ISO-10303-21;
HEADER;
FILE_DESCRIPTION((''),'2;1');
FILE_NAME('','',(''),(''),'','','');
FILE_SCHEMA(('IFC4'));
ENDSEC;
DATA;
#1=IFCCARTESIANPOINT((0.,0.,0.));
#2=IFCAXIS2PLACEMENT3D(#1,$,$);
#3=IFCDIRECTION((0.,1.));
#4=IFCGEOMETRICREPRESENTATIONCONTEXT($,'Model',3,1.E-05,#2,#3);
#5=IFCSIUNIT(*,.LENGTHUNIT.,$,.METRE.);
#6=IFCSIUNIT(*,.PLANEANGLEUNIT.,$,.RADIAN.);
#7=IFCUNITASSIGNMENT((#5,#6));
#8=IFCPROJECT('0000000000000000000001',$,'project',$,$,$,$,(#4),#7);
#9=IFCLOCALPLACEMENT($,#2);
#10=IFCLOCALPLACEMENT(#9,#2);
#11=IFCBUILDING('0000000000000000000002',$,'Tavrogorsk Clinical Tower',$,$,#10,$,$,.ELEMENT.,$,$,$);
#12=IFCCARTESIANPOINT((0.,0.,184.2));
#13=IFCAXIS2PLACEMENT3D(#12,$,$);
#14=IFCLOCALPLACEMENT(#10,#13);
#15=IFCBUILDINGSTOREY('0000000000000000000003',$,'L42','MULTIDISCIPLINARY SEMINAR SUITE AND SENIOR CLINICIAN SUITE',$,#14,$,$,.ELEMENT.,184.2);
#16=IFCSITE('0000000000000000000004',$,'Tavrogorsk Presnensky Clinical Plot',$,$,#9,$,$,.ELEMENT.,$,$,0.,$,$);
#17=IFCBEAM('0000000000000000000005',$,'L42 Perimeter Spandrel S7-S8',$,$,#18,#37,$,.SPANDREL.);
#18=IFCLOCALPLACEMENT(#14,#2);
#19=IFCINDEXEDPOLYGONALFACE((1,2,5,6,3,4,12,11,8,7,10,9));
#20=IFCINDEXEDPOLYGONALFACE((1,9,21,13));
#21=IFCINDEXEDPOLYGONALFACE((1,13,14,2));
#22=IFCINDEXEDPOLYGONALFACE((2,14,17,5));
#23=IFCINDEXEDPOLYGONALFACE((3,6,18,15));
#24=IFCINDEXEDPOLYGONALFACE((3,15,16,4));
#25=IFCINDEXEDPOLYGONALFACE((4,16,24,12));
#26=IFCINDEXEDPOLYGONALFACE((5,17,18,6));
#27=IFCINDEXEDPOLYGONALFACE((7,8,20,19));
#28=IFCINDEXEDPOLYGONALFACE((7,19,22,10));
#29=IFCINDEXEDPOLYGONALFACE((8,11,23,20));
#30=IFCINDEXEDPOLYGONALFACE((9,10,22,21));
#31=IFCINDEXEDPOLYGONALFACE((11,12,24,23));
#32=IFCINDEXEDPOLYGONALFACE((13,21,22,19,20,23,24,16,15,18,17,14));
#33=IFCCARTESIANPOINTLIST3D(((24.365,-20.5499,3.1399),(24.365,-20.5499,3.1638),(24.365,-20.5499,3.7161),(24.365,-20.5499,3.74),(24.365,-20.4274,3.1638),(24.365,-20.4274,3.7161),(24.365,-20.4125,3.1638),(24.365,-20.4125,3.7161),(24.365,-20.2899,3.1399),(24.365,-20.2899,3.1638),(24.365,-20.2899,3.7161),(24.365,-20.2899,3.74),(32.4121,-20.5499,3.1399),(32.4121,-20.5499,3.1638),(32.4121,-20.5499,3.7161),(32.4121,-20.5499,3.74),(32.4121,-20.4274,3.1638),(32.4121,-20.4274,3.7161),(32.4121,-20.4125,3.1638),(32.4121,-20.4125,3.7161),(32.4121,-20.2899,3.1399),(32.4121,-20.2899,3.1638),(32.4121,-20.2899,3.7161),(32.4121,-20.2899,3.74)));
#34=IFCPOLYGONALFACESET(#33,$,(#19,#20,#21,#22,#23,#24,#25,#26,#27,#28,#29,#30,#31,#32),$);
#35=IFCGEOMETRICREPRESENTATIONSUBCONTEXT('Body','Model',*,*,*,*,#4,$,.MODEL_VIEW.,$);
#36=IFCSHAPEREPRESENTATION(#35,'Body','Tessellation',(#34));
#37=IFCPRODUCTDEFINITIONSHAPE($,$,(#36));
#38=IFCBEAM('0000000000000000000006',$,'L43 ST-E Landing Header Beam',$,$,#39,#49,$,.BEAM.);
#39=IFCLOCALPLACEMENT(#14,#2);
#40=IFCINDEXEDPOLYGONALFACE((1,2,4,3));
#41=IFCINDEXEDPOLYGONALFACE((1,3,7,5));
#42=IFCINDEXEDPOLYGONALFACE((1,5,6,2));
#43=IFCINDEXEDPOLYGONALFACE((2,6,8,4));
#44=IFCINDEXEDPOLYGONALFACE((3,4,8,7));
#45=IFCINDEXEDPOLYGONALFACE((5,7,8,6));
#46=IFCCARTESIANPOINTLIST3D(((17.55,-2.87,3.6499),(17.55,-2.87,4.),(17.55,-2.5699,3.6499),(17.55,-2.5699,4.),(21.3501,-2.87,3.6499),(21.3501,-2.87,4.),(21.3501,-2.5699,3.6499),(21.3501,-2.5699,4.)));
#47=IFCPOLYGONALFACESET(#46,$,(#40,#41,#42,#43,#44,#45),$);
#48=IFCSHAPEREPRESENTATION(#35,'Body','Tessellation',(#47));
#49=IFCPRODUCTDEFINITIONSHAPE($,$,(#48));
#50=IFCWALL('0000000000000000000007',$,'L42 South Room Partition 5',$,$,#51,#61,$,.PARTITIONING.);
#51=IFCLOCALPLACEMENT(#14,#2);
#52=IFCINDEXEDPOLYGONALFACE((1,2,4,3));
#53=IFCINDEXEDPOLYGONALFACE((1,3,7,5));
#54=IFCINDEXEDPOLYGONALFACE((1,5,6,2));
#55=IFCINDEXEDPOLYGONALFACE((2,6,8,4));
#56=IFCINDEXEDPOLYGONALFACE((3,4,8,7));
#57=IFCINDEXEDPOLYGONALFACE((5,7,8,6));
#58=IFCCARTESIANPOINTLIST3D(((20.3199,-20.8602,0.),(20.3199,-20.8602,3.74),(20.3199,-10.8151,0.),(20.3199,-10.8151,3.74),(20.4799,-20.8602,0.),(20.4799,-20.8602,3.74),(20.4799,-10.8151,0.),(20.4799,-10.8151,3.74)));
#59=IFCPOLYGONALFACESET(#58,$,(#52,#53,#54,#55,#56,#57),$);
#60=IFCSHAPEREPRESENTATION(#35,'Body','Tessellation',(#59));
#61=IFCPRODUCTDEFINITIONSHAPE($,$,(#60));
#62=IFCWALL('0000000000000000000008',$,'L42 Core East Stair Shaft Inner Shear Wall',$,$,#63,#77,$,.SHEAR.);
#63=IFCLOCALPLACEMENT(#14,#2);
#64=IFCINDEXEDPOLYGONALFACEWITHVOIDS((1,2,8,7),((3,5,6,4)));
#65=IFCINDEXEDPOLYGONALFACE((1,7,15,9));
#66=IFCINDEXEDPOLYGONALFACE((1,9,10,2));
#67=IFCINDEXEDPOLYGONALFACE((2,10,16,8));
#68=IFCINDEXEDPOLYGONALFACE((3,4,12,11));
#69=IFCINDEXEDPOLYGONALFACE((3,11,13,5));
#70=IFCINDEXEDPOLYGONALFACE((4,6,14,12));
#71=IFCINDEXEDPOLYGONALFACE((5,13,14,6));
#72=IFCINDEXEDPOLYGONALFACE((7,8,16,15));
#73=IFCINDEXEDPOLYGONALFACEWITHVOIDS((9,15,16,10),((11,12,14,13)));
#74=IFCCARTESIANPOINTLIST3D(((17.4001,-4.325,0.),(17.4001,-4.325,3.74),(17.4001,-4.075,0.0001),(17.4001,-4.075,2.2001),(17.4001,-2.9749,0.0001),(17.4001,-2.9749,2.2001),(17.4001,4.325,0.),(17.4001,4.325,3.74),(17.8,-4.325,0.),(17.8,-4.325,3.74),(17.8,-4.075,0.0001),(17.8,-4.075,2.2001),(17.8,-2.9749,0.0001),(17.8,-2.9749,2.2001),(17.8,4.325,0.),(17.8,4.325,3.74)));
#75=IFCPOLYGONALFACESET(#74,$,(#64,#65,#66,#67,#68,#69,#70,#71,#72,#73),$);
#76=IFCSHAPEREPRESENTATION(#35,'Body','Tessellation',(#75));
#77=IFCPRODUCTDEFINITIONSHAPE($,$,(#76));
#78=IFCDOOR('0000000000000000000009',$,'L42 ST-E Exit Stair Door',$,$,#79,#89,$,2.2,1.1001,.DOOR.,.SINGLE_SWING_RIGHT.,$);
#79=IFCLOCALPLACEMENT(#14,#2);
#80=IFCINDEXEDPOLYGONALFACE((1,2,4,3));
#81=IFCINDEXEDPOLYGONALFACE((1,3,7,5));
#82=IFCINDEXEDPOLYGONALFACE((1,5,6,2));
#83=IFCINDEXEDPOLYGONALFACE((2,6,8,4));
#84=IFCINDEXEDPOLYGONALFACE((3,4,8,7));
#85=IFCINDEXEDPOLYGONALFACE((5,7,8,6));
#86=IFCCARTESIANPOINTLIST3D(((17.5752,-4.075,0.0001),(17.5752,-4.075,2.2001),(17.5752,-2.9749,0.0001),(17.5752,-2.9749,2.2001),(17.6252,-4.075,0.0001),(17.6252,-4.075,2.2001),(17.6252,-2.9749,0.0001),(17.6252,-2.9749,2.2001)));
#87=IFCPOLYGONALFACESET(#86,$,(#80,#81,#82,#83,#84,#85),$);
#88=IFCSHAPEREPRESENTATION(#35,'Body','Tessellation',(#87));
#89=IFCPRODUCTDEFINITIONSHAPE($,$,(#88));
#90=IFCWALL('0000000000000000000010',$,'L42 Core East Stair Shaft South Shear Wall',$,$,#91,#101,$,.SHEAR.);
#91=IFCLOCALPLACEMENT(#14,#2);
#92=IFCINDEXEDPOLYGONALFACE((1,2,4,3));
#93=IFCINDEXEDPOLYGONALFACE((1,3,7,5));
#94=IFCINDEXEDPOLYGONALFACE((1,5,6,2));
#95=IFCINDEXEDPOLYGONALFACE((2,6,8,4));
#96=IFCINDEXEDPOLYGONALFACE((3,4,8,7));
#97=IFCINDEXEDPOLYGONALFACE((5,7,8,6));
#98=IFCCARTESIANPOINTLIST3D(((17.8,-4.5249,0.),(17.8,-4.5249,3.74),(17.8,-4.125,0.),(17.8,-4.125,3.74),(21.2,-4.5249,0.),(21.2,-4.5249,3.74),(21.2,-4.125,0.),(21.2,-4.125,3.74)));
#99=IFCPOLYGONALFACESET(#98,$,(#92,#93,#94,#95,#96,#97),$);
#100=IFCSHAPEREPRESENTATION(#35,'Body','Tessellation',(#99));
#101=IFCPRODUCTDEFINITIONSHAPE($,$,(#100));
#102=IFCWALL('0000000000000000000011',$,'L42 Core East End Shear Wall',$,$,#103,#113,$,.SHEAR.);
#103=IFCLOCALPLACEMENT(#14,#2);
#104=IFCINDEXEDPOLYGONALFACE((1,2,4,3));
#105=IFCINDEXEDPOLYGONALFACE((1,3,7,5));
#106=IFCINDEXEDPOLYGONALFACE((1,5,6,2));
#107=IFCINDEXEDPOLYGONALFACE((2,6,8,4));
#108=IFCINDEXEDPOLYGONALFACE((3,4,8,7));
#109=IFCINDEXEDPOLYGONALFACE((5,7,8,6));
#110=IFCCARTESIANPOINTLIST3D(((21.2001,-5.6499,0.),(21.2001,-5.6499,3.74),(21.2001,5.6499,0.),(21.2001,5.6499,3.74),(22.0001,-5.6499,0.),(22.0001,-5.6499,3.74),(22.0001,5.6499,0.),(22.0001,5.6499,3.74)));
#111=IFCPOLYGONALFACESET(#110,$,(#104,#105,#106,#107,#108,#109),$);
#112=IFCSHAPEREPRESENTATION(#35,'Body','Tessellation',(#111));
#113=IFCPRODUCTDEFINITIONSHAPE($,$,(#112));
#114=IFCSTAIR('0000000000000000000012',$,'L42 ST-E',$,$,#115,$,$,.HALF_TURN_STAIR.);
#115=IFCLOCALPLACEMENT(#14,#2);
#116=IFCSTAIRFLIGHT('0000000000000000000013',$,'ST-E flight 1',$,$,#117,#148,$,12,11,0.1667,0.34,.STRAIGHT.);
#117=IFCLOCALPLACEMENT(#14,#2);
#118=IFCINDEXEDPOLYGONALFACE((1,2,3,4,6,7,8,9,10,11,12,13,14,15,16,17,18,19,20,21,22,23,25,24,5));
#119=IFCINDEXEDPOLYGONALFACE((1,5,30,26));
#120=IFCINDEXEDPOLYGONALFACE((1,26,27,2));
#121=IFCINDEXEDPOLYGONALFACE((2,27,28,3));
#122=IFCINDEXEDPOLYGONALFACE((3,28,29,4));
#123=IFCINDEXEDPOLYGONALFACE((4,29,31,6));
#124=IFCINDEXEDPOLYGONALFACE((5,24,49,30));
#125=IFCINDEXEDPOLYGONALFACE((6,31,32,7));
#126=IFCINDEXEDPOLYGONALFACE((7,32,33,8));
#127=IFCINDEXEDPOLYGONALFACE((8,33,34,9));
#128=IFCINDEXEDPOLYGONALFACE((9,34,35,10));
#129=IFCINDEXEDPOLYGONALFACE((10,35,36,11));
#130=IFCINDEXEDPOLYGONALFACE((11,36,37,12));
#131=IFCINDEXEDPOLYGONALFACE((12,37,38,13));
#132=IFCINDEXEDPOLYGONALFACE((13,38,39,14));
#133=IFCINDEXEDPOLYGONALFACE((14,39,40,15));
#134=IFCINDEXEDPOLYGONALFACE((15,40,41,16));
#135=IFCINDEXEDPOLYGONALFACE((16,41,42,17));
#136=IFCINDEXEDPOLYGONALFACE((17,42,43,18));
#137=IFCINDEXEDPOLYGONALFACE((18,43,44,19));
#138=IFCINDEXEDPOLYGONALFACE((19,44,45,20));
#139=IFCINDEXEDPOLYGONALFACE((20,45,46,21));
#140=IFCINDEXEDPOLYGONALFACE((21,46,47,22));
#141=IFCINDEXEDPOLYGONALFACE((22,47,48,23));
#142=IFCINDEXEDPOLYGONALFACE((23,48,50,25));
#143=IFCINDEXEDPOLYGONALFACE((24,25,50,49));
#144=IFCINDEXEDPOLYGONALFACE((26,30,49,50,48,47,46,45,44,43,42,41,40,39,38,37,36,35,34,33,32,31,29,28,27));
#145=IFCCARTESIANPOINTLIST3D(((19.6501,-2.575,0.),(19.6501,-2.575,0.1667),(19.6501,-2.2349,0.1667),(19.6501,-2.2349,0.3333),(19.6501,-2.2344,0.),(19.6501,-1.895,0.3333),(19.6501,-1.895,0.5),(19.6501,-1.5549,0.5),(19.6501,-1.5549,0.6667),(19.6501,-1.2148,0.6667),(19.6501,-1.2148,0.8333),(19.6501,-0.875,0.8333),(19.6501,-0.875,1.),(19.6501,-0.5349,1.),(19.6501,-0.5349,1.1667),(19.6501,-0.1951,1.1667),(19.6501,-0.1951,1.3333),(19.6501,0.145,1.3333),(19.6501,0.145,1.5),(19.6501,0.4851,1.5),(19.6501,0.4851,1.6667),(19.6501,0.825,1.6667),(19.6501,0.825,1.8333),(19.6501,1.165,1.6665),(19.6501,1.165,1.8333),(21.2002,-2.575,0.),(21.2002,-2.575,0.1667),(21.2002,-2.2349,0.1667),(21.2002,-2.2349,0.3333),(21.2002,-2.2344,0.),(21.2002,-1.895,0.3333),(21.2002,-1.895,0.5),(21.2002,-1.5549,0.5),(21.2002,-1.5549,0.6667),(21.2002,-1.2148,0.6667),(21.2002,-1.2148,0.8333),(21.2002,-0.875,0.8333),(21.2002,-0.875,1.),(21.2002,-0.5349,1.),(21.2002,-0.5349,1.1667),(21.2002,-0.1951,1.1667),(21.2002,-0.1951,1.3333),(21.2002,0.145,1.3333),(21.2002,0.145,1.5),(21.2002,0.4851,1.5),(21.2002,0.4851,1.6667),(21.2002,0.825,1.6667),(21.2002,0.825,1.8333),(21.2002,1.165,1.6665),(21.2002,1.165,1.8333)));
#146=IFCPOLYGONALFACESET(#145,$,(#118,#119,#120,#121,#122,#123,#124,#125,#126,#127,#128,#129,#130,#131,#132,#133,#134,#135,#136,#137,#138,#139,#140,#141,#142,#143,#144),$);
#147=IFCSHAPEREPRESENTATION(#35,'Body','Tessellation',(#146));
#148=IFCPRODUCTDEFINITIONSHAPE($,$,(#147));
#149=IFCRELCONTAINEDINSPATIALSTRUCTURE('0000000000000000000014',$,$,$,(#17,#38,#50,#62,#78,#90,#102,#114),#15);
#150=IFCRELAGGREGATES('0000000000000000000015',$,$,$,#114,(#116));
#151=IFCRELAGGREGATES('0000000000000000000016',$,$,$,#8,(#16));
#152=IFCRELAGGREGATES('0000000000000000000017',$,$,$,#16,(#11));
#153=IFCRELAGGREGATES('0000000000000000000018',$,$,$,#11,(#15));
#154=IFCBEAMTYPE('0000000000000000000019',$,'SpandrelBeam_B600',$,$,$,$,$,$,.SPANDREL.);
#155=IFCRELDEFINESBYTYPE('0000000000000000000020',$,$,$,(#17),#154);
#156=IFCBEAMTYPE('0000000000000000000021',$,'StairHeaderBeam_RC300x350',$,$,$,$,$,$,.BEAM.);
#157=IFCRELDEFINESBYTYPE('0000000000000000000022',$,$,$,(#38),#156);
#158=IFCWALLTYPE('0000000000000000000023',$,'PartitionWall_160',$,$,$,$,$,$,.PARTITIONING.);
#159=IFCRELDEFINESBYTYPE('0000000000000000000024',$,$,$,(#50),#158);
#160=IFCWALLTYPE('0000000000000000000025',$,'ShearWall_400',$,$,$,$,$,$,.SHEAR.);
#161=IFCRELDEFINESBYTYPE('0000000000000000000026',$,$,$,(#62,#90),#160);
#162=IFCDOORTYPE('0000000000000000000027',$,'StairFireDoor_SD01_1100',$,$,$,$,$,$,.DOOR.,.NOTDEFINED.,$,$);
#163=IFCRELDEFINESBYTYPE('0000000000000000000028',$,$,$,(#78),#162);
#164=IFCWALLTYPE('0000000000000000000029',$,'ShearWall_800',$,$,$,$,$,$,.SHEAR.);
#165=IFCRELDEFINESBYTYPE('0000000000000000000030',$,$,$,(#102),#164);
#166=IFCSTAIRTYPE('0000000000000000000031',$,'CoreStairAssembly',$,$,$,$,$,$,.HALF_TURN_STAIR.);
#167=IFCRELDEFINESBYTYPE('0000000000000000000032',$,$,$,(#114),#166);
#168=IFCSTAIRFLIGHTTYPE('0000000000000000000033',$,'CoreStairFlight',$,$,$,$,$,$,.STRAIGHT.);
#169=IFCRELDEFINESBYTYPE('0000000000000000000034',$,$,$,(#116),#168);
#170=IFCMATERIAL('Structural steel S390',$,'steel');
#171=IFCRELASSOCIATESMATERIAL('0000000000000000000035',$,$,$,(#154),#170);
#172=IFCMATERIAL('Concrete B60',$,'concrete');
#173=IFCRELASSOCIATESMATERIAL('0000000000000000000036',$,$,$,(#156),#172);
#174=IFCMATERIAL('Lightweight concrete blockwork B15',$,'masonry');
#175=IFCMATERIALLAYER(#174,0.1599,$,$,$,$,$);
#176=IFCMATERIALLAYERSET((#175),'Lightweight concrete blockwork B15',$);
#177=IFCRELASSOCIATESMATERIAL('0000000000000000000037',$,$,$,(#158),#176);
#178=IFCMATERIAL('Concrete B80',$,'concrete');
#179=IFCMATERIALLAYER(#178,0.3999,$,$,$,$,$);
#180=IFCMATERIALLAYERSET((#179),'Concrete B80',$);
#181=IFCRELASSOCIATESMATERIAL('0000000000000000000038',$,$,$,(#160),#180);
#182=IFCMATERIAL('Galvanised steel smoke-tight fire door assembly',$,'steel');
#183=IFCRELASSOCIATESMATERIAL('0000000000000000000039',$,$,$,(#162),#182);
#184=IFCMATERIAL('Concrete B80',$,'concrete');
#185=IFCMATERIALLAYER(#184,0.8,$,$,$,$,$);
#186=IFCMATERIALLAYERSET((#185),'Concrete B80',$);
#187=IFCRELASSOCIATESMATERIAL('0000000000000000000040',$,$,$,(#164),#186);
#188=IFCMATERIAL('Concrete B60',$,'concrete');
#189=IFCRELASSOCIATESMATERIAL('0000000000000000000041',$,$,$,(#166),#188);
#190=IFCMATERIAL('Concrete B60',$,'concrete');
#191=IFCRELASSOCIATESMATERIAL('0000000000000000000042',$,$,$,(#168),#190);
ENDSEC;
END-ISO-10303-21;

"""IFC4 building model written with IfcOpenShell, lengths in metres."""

from ifc_helpers import new_model, si_unit, direction, frame, frame_2d, origin, origin_2d, place, context, subcontext, project, spatial, polyline, rectangle, i_section, outline, extrude, material, layer, layer_set, material_profile, profile_set, type_object, element, fill, aggregate, save


model = new_model("IFC4")

# Units and contexts
model_context = context("Model", 3, precision=1e-05, world=origin(), true_north=direction((0.0, 1.0)))
body_context = subcontext(model_context, "Body", "Model", "MODEL_VIEW")
ifc_project = project(units=[si_unit("LENGTHUNIT", "METRE"), si_unit("PLANEANGLEUNIT", "RADIAN")], contexts=[model_context])

# Site, building, storey
site_placement = place(None, origin())
site = spatial("IfcSite", under=ifc_project, at=site_placement, Name="Tavrogorsk Presnensky Clinical Plot", CompositionType="ELEMENT", RefElevation=0.0)
building_placement = place(site_placement, origin())
building = spatial("IfcBuilding", under=site, at=building_placement, Name="Tavrogorsk Clinical Tower", CompositionType="ELEMENT")
storey_placement = place(building_placement, frame((0.0, 0.0, 184.2)))
storey = spatial("IfcBuildingStorey", under=building, at=storey_placement, Name="L42", Description="MULTIDISCIPLINARY SEMINAR SUITE AND SENIOR CLINICIAN SUITE", CompositionType="ELEMENT", Elevation=184.2)

# Beams
ifc_material_1 = material(Name="Structural steel S390", Category="steel")
ifc_material_profile_1 = material_profile(ifc_material_1, i_section(OverallWidth=0.26, OverallDepth=0.6001, WebThickness=0.0149, FlangeThickness=0.0239, at=origin_2d()), Name="B-600x260x15x24")
ifc_profile_set_1 = profile_set([ifc_material_profile_1], Name="Structural steel S390")
beam_type_1 = type_object("IfcBeamType", Name="SpandrelBeam_B600", PredefinedType="SPANDREL", material=ifc_profile_set_1)
beam_1_placement = place(storey_placement, frame((24.365, -20.4199, 3.4399), z_axis=(1.0, 0.0, 0.0), x_axis=(0.0, 1.0, 0.0)))
element("IfcBeam", 1, at=beam_1_placement, inside=storey, type_object=beam_type_1, Name="L42 Perimeter Spandrel S7-S8", PredefinedType="SPANDREL", context=body_context, shape_type="SweptSolid", body=[
    extrude(i_section(OverallWidth=0.26, OverallDepth=0.6001, WebThickness=0.0149, FlangeThickness=0.0239, at=origin_2d()), origin(), (0.0, 0.0, 1.0), 8.0471),
])
ifc_material_2 = material(Name="Concrete B60", Category="concrete")
ifc_material_profile_2 = material_profile(ifc_material_2, rectangle(XDim=0.3, YDim=0.3501, at=origin_2d()), Name="RC-SHB-300x350")
ifc_profile_set_2 = profile_set([ifc_material_profile_2], Name="Concrete B60")
beam_type_2 = type_object("IfcBeamType", Name="StairHeaderBeam_RC300x350", PredefinedType="BEAM", material=ifc_profile_set_2)
beam_2_placement = place(storey_placement, frame((17.55, -2.72, 3.825), z_axis=(1.0, 0.0, 0.0), x_axis=(0.0, 1.0, 0.0)))
element("IfcBeam", 2, at=beam_2_placement, inside=storey, type_object=beam_type_2, Name="L43 ST-E Landing Header Beam", PredefinedType="BEAM", context=body_context, shape_type="SweptSolid", body=[
    extrude(rectangle(XDim=0.3, YDim=0.3501, at=origin_2d()), origin(), (0.0, 0.0, 1.0), 3.8),
])

# Wall
ifc_material_3 = material(Name="Lightweight concrete blockwork B15", Category="masonry")
ifc_layer_1 = layer(ifc_material_3, 0.1599)
ifc_layer_set_1 = layer_set([ifc_layer_1], Name="Lightweight concrete blockwork B15")
wall_type_1 = type_object("IfcWallType", Name="PartitionWall_160", PredefinedType="PARTITIONING", material=ifc_layer_set_1)
wall_1_placement = place(storey_placement, frame((20.3999, -20.8601, 0.0), z_axis=(0.0, 0.0, 1.0), x_axis=(0.0, 1.0, 0.0)))
element("IfcWall", 3, at=wall_1_placement, inside=storey, type_object=wall_type_1, Name="L42 South Room Partition 5", PredefinedType="PARTITIONING", context=body_context, shape_type="SweptSolid", body=[
    extrude(rectangle(XDim=10.0452, YDim=0.1599, at=frame_2d((5.0225, 0.0))), origin(), (0.0, 0.0, 1.0), 3.74),
])

# Wall, opening, door
ifc_material_4 = material(Name="Concrete B80", Category="concrete")
ifc_layer_2 = layer(ifc_material_4, 0.3999)
ifc_layer_set_2 = layer_set([ifc_layer_2], Name="Concrete B80")
wall_type_2 = type_object("IfcWallType", Name="ShearWall_400", PredefinedType="SHEAR", material=ifc_layer_set_2)
wall_2_placement = place(storey_placement, frame((17.6001, -4.325, 0.0), z_axis=(0.0, 0.0, 1.0), x_axis=(0.0, 1.0, 0.0)))
wall_2 = element("IfcWall", 4, at=wall_2_placement, inside=storey, type_object=wall_type_2, Name="L42 Core East Stair Shaft Inner Shear Wall", PredefinedType="SHEAR", context=body_context, shape_type="SweptSolid", body=[
    extrude(rectangle(XDim=8.6499, YDim=0.3999, at=frame_2d((4.325, 0.0))), origin(), (0.0, 0.0, 1.0), 3.74),
])
opening_placement = place(wall_2_placement, frame((0.25, 0.0, 0.0)))
opening = element("IfcOpeningElement", 5, at=opening_placement, cuts=wall_2, PredefinedType="OPENING", context=body_context, shape_type="SweptSolid", body=[
    extrude(rectangle(XDim=1.1001, YDim=2.2, at=frame_2d((0.55, 1.1001))), frame((0.0, 0.21, 0.0), z_axis=(0.0, -1.0, 0.0), x_axis=(1.0, 0.0, 0.0)), (0.0, 0.0, 1.0), 0.4199),
])
ifc_material_5 = material(Name="Galvanised steel smoke-tight fire door assembly", Category="steel")
door_type = type_object("IfcDoorType", Name="StairFireDoor_SD01_1100", OperationType="NOTDEFINED", PredefinedType="DOOR", material=ifc_material_5)
door_placement = place(opening_placement, origin())
door = element("IfcDoor", 6, at=door_placement, inside=storey, type_object=door_type, Name="L42 ST-E Exit Stair Door", OperationType="SINGLE_SWING_RIGHT", OverallHeight=2.2, OverallWidth=1.1001, PredefinedType="DOOR", context=body_context, shape_type="SweptSolid", body=[
    extrude(rectangle(XDim=1.1001, YDim=2.2, at=frame_2d((0.55, 1.1001))), frame((0.0, 0.0249, 0.0), z_axis=(0.0, -1.0, 0.0), x_axis=(1.0, 0.0, 0.0)), (0.0, 0.0, 1.0), 0.05),
])
fill(opening, door)

# Walls
wall_3_placement = place(storey_placement, frame((17.8, -4.325, 0.0), z_axis=(0.0, 0.0, 1.0), x_axis=(1.0, 0.0, 0.0)))
element("IfcWall", 7, at=wall_3_placement, inside=storey, type_object=wall_type_2, Name="L42 Core East Stair Shaft South Shear Wall", PredefinedType="SHEAR", context=body_context, shape_type="SweptSolid", body=[
    extrude(rectangle(XDim=3.3999, YDim=0.3999, at=frame_2d((1.7, 0.0))), origin(), (0.0, 0.0, 1.0), 3.74),
])
ifc_material_6 = material(Name="Concrete B80", Category="concrete")
ifc_layer_3 = layer(ifc_material_6, 0.8)
ifc_layer_set_3 = layer_set([ifc_layer_3], Name="Concrete B80")
wall_type_3 = type_object("IfcWallType", Name="ShearWall_800", PredefinedType="SHEAR", material=ifc_layer_set_3)
wall_4_placement = place(storey_placement, frame((21.6001, -5.6499, 0.0), z_axis=(0.0, 0.0, 1.0), x_axis=(0.0, 1.0, 0.0)))
element("IfcWall", 8, at=wall_4_placement, inside=storey, type_object=wall_type_3, Name="L42 Core East End Shear Wall", PredefinedType="SHEAR", context=body_context, shape_type="SweptSolid", body=[
    extrude(rectangle(XDim=11.2998, YDim=0.8, at=frame_2d((5.6499, 0.0))), origin(), (0.0, 0.0, 1.0), 3.74),
])

# Stair, stair flight
ifc_material_7 = material(Name="Concrete B60", Category="concrete")
stair_type = type_object("IfcStairType", Name="CoreStairAssembly", PredefinedType="HALF_TURN_STAIR", material=ifc_material_7)
stair_placement = place(storey_placement, origin())
stair = element("IfcStair", 9, at=stair_placement, inside=storey, type_object=stair_type, Name="L42 ST-E", PredefinedType="HALF_TURN_STAIR")
ifc_material_8 = material(Name="Concrete B60", Category="concrete")
stair_flight_type = type_object("IfcStairFlightType", Name="CoreStairFlight", PredefinedType="STRAIGHT", material=ifc_material_8)
stair_flight_placement = place(storey_placement, frame((20.425, -2.575, 0.0), z_axis=(0.0, 0.0, 1.0), x_axis=(0.0, 1.0, 0.0)))
stair_flight = element("IfcStairFlight", 10, at=stair_flight_placement, type_object=stair_flight_type, Name="ST-E flight 1", NumberOfRisers=12, NumberOfTreads=11, PredefinedType="STRAIGHT", RiserHeight=0.1667, TreadLength=0.34, context=body_context, shape_type="SweptSolid", body=[
    extrude(outline(polyline([(0.0, 0.0), (0.0, 0.1667), (0.3401, 0.1667), (0.3401, 0.3333), (0.6799, 0.3333), (0.6799, 0.5), (1.02, 0.5), (1.02, 0.6667), (1.3601, 0.6667), (1.3601, 0.8333), (1.7, 0.8333), (1.7, 1.0), (2.04, 1.0), (2.04, 1.1667), (2.3799, 1.1667), (2.3799, 1.3333), (2.72, 1.3333), (2.72, 1.5), (3.0601, 1.5), (3.0601, 1.6667), (3.3999, 1.6667), (3.3999, 1.8333), (3.74, 1.8333), (3.74, 2.0), (3.74, 1.6665), (0.3406, 0.0), (0.0, 0.0)])), frame((0.0, 0.7749, 0.0), z_axis=(0.0, -1.0, 0.0), x_axis=(1.0, 0.0, 0.0)), (0.0, 0.0, 1.0), 1.55),
])
aggregate(stair, [stair_flight])

save(model, "model.ifc")
